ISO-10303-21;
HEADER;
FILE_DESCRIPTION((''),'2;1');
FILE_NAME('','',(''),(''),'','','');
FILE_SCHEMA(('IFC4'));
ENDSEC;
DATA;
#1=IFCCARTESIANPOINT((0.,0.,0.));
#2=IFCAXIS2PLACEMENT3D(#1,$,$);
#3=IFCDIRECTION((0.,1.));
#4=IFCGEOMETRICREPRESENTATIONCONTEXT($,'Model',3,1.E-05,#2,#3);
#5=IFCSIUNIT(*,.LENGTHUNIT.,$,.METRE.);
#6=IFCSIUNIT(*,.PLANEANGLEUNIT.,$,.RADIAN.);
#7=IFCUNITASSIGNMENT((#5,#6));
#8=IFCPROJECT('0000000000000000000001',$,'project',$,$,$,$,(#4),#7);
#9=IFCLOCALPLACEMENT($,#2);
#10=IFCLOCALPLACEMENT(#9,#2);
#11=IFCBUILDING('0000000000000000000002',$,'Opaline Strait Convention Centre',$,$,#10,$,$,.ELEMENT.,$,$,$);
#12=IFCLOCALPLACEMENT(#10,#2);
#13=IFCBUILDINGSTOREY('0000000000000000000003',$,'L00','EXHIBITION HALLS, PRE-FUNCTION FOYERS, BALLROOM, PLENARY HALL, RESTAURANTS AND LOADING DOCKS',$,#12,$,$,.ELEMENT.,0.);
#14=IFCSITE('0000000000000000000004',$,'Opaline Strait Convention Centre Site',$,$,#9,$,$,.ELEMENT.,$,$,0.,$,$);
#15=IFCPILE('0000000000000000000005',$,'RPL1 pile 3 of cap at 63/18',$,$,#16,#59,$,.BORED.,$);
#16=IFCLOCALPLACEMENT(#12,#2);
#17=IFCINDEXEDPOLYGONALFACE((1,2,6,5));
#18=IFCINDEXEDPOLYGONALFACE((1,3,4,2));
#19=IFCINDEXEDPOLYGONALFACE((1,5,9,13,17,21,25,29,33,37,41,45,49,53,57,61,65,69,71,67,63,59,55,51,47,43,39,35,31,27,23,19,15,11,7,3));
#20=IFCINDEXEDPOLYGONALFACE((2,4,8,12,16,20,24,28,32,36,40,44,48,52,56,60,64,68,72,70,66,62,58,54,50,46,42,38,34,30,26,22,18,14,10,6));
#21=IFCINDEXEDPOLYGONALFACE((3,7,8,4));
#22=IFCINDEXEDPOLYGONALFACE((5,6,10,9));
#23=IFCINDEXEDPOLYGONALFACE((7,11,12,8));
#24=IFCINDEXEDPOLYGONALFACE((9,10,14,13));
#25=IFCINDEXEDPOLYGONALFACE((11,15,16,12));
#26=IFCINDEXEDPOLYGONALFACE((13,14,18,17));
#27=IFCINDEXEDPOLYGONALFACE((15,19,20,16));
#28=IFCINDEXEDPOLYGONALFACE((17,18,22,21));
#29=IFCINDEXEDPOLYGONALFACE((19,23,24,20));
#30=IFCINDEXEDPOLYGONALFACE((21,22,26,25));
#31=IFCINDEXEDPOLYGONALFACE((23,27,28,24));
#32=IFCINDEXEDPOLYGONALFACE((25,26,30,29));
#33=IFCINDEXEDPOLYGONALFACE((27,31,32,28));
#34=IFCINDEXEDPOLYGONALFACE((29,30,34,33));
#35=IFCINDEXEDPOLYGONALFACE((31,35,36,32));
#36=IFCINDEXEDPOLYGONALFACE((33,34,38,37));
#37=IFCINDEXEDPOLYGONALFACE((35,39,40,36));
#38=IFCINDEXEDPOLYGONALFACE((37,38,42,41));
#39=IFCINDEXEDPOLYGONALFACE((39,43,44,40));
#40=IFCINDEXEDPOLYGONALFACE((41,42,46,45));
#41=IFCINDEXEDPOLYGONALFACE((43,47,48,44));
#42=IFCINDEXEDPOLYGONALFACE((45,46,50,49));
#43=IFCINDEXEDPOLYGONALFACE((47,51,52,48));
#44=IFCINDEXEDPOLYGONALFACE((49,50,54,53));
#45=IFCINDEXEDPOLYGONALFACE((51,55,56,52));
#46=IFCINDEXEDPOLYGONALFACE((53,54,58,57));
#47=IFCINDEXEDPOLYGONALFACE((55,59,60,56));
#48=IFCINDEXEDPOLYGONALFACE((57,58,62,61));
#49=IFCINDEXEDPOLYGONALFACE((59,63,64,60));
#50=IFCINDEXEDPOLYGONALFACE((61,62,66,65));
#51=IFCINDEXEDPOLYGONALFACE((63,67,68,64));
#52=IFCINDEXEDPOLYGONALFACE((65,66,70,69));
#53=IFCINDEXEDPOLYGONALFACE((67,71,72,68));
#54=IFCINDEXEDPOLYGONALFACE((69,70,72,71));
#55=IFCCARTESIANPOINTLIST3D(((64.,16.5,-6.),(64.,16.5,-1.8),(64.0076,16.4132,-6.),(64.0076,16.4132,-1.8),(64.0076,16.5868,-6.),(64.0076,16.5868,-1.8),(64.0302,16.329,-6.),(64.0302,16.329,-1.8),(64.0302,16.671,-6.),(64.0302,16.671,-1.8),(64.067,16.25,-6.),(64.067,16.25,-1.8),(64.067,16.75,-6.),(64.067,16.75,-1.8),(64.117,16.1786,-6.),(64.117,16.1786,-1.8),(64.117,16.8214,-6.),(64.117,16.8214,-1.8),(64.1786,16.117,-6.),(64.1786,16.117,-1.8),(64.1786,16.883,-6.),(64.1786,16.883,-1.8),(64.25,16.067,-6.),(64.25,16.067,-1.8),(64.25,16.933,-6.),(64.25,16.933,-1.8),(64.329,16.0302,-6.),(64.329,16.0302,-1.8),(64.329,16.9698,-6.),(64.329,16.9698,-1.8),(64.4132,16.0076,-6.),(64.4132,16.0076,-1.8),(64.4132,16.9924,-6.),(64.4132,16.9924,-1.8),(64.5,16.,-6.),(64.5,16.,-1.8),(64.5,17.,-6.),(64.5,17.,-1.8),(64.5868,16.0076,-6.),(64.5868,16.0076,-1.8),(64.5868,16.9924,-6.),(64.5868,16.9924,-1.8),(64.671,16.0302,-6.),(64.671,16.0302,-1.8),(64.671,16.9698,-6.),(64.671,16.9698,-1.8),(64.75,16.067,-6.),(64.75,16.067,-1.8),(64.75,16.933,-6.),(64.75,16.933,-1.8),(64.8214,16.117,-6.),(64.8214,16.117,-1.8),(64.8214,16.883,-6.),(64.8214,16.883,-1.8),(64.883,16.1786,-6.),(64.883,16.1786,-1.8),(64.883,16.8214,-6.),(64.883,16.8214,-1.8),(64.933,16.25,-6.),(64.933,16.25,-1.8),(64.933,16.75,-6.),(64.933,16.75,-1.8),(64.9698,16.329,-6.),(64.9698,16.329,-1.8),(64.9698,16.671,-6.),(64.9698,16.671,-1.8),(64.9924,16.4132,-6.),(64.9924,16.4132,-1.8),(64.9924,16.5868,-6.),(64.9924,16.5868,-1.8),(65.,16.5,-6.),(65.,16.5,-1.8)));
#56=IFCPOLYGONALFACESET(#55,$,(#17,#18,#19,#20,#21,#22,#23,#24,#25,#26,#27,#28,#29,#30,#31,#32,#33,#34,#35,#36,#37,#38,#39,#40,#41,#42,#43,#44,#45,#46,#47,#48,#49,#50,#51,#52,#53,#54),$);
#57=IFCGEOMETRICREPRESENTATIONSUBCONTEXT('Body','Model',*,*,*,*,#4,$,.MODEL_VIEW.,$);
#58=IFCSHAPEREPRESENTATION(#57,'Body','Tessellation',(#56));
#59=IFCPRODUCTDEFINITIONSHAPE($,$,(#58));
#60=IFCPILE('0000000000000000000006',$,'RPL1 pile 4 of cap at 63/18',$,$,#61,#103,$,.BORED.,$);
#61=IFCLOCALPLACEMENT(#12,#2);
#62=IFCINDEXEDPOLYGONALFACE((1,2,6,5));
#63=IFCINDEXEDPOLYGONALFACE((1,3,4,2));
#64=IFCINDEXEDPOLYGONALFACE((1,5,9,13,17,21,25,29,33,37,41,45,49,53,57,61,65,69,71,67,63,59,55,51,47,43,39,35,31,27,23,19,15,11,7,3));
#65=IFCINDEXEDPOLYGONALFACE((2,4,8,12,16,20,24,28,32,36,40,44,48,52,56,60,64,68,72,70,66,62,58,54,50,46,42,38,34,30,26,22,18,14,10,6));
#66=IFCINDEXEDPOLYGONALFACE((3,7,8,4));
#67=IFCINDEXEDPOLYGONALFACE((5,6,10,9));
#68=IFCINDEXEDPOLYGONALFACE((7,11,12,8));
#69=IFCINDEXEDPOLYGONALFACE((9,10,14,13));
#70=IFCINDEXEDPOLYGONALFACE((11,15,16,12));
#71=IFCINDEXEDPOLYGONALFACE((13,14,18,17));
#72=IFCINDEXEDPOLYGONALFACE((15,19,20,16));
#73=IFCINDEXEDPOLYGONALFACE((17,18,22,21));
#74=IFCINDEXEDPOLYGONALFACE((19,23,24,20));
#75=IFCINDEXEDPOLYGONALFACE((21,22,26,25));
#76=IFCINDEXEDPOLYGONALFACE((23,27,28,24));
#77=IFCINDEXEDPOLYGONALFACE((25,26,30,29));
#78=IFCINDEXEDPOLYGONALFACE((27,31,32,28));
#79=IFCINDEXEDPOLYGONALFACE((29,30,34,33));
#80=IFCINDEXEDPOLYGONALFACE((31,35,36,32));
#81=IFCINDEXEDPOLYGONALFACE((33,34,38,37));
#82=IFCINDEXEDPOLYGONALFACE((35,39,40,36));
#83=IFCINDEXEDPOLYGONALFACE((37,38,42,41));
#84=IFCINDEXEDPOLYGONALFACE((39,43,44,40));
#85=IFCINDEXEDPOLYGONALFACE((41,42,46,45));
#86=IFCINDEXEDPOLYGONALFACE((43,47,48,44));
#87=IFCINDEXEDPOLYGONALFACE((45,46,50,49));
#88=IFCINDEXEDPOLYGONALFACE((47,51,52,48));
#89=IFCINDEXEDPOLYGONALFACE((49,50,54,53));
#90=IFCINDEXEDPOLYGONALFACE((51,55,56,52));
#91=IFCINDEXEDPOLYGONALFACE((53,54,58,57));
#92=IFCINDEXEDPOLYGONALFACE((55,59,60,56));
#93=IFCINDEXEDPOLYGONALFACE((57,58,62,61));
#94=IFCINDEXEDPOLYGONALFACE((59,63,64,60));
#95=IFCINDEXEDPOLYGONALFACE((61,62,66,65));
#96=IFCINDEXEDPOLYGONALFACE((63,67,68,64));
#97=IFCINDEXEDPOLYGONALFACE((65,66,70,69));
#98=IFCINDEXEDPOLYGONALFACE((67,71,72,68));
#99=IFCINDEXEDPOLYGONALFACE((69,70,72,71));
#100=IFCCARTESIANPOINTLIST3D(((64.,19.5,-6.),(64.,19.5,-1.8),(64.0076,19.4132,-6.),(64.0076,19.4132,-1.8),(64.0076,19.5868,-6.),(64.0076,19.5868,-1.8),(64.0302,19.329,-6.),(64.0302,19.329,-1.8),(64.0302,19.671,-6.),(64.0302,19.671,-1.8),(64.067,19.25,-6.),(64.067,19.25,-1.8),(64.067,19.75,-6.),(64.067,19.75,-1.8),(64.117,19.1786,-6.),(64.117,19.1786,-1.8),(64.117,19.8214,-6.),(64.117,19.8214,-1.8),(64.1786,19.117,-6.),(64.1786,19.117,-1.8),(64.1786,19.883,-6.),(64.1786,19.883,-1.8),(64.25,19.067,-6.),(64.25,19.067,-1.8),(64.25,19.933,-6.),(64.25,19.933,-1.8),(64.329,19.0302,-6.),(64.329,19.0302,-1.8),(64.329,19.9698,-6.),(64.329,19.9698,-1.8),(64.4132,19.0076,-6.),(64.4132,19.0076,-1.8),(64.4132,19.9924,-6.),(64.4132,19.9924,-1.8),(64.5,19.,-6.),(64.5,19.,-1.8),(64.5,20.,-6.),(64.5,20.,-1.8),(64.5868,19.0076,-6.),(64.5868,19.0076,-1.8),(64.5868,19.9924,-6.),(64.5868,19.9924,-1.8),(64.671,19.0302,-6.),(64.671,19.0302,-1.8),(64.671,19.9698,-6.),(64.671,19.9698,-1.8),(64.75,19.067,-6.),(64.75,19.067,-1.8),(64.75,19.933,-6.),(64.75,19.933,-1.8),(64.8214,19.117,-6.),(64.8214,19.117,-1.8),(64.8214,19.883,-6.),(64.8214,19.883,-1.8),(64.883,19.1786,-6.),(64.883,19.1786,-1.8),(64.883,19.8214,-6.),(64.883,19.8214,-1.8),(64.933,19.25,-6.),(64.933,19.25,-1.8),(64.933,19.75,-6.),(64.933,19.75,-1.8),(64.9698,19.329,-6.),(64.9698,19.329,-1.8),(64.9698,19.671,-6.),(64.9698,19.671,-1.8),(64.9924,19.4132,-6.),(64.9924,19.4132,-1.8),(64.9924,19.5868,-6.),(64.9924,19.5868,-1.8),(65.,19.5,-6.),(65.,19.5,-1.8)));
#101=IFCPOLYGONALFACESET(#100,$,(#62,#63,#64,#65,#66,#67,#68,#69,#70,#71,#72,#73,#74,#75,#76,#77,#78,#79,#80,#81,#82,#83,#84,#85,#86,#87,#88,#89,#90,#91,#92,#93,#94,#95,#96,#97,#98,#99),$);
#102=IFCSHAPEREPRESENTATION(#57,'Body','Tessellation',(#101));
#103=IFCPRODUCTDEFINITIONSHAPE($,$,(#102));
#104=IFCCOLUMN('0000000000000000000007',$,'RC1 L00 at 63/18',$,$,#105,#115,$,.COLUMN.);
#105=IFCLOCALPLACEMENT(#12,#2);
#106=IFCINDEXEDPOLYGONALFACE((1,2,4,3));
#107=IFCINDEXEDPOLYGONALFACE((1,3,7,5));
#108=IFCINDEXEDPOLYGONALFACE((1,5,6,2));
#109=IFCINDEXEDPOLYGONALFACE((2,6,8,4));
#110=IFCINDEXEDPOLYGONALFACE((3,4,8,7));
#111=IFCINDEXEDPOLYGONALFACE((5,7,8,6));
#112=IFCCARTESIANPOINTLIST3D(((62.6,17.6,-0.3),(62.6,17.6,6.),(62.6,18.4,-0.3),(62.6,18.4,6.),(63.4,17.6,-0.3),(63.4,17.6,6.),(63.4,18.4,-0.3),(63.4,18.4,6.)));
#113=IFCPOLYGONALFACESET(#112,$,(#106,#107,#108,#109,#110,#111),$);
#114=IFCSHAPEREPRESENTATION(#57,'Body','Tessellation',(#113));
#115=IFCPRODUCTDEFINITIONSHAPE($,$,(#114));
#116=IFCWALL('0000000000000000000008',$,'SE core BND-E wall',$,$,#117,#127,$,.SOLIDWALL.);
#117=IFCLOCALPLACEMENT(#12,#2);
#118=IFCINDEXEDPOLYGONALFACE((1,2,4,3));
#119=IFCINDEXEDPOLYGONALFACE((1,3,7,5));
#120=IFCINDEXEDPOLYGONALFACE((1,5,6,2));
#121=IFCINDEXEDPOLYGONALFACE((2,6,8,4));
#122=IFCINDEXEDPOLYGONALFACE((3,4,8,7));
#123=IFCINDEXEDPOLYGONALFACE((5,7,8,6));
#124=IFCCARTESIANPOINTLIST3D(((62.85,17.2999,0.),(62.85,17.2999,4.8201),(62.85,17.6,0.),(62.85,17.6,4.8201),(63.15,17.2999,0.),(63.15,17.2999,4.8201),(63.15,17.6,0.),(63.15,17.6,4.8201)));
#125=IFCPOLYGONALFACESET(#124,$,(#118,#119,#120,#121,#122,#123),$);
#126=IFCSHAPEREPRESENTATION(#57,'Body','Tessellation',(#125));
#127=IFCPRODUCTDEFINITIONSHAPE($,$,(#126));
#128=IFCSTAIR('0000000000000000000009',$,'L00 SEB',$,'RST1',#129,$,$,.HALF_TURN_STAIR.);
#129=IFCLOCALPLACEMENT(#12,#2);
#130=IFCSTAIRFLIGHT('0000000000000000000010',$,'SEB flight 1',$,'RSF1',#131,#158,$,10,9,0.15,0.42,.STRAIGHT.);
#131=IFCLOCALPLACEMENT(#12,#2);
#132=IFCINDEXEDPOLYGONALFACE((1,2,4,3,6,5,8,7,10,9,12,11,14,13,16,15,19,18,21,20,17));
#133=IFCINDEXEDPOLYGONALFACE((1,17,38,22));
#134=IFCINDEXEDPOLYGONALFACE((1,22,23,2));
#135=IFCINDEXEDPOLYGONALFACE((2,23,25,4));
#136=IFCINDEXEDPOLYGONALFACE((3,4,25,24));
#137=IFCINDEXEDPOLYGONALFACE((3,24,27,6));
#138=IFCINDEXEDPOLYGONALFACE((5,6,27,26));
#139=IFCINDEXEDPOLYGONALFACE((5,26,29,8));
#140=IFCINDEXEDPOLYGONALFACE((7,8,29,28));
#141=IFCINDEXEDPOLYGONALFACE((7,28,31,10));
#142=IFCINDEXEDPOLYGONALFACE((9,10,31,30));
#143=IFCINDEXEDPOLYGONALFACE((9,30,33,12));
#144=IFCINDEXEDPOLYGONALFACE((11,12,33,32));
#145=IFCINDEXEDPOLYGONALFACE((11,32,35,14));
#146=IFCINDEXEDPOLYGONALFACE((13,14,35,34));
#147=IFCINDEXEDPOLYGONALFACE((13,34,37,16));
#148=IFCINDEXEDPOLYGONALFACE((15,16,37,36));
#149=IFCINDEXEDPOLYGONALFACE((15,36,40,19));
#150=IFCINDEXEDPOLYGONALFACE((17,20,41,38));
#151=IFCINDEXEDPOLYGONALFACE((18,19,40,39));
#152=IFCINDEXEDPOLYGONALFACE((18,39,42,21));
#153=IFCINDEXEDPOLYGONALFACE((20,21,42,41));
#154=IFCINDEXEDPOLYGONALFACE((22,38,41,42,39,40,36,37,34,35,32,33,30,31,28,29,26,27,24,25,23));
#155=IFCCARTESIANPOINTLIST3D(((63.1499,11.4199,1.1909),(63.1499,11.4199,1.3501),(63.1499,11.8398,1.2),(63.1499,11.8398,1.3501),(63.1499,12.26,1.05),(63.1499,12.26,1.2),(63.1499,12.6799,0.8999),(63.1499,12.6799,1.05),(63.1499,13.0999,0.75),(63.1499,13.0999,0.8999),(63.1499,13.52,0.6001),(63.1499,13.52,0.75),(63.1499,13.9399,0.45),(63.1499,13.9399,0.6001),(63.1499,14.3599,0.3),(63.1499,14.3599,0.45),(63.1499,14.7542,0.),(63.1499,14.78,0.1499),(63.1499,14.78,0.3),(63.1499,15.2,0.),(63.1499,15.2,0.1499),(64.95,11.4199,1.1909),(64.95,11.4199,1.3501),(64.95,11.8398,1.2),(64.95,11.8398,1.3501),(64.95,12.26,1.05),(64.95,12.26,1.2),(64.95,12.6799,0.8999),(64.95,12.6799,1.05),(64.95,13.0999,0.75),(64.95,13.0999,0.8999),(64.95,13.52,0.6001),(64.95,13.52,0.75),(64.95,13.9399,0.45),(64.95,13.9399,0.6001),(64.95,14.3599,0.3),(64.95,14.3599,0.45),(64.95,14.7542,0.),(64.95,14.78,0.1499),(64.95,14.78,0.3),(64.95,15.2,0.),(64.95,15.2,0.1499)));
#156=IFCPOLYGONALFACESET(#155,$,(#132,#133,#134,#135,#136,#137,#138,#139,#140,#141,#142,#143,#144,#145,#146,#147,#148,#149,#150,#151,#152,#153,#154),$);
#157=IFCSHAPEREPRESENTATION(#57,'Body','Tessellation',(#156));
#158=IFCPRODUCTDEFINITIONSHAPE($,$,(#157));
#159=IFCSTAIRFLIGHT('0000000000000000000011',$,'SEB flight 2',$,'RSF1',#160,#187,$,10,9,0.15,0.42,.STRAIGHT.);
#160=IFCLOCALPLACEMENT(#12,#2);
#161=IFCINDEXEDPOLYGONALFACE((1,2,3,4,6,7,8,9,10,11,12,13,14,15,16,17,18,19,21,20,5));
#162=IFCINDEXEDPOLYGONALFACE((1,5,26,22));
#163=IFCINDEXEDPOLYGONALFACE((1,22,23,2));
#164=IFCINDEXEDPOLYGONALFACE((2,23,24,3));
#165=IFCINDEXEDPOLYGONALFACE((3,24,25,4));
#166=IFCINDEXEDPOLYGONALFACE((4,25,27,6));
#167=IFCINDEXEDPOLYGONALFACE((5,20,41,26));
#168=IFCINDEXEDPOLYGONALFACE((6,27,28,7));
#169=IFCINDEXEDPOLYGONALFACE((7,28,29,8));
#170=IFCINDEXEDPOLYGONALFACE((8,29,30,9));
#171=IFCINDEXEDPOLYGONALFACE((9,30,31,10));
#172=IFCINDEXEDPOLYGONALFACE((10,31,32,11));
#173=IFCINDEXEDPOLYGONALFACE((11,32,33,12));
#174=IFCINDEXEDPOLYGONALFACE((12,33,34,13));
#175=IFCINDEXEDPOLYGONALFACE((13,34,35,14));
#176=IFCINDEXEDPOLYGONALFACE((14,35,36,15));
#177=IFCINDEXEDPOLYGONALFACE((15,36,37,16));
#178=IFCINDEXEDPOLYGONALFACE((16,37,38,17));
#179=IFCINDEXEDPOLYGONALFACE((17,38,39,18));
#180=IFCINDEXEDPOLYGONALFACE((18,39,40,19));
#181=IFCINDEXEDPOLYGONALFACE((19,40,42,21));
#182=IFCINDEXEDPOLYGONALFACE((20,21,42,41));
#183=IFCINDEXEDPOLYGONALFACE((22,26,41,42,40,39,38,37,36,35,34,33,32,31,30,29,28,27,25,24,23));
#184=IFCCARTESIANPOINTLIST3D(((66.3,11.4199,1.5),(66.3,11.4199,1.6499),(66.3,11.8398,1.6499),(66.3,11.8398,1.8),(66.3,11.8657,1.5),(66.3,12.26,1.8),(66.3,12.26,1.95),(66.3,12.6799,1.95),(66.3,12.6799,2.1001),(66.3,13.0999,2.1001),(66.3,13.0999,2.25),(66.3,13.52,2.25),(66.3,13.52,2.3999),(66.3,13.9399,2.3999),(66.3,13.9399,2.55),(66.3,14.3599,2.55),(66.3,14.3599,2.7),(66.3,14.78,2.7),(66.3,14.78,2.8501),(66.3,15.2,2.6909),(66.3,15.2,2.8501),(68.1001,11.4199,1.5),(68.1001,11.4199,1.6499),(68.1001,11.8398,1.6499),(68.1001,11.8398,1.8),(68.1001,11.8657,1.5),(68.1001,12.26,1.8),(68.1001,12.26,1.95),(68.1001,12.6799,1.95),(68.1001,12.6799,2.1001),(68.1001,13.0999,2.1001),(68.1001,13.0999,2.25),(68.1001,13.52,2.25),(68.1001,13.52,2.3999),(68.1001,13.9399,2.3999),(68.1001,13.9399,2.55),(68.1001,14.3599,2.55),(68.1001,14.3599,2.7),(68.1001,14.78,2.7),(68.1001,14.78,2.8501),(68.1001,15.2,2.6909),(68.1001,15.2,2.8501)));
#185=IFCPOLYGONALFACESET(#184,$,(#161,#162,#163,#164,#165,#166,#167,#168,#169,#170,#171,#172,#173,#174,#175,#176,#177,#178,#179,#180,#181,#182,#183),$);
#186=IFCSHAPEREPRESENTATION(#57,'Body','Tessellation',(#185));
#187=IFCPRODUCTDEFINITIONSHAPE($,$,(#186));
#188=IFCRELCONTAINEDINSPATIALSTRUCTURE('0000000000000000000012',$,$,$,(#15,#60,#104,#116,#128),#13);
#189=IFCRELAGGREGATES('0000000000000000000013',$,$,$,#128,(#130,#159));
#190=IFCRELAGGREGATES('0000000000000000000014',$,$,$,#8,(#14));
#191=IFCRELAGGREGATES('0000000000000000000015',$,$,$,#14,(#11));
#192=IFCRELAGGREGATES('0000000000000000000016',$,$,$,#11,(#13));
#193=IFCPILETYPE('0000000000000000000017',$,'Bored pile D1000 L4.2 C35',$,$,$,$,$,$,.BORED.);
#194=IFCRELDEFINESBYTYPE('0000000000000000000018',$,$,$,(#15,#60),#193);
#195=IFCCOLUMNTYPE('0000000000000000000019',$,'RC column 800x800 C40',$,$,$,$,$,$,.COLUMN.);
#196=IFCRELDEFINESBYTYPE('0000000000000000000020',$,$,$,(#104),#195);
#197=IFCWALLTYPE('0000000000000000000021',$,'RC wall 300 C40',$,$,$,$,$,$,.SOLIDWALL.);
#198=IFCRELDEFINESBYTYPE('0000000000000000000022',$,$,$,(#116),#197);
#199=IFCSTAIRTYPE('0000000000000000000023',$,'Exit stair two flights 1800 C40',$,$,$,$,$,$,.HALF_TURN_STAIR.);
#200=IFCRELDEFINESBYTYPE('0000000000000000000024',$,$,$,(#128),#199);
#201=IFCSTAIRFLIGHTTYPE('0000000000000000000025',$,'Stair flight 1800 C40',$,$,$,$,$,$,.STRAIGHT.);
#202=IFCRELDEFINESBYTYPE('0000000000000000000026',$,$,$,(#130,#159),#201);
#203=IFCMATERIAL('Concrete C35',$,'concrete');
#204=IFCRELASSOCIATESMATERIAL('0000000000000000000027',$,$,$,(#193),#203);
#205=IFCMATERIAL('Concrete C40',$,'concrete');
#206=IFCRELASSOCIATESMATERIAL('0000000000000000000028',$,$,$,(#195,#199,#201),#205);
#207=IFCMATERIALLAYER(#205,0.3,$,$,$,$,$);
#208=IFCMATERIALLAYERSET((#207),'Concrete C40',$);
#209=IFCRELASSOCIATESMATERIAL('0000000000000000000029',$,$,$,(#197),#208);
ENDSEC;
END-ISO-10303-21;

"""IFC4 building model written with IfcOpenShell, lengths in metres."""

from ifc_helpers import new_model, si_unit, direction, frame, frame_2d, origin, origin_2d, place, context, subcontext, project, spatial, polyline, rectangle, circle, outline, extrude, material, layer, layer_set, material_profile, profile_set, type_object, element, aggregate, save


model = new_model("IFC4")

# Units and contexts
model_context = context("Model", 3, precision=1e-05, world=origin(), true_north=direction((0.0, 1.0)))
body_context = subcontext(model_context, "Body", "Model", "MODEL_VIEW")
ifc_project = project(units=[si_unit("LENGTHUNIT", "METRE"), si_unit("PLANEANGLEUNIT", "RADIAN")], contexts=[model_context])

# Site, building, storey
site_placement = place(None, origin())
site = spatial("IfcSite", under=ifc_project, at=site_placement, Name="Opaline Strait Convention Centre Site", CompositionType="ELEMENT", RefElevation=0.0)
building_placement = place(site_placement, origin())
building = spatial("IfcBuilding", under=site, at=building_placement, Name="Opaline Strait Convention Centre", CompositionType="ELEMENT")
storey_placement = place(building_placement, origin())
storey = spatial("IfcBuildingStorey", under=building, at=storey_placement, Name="L00", Description="EXHIBITION HALLS, PRE-FUNCTION FOYERS, BALLROOM, PLENARY HALL, RESTAURANTS AND LOADING DOCKS", CompositionType="ELEMENT", Elevation=0.0)

# Piles
ifc_material_1 = material(Name="Concrete C35", Category="concrete")
ifc_material_profile_1 = material_profile(ifc_material_1, circle(Radius=0.5, at=origin_2d()), Name="D1000")
ifc_profile_set_1 = profile_set([ifc_material_profile_1], Name="Concrete C35")
pile_type = type_object("IfcPileType", Name="Bored pile D1000 L4.2 C35", PredefinedType="BORED", material=ifc_profile_set_1)
for number, where, z_axis, x_axis, name in (
    (1, (64.5, 16.5, -1.8), (0.0, 0.0, -1.0), (1.0, 0.0, 0.0), "RPL1 pile 3 of cap at 63/18"),
    (2, (64.5, 19.5, -1.8), (0.0, 0.0, -1.0), (1.0, 0.0, 0.0), "RPL1 pile 4 of cap at 63/18"),
):
    element("IfcPile", number, at=place(storey_placement, frame(where, z_axis=z_axis, x_axis=x_axis)), inside=storey, type_object=pile_type, Name=name, PredefinedType="BORED", context=body_context, shape_type="SweptSolid", body=[
        extrude(circle(Radius=0.5, at=origin_2d()), origin(), (0.0, 0.0, 1.0), 4.2),
    ])

# Column
ifc_material_2 = material(Name="Concrete C40", Category="concrete")
ifc_material_profile_2 = material_profile(ifc_material_2, rectangle(XDim=0.8, YDim=0.8, at=origin_2d()), Name="RC 800x800")
ifc_profile_set_2 = profile_set([ifc_material_profile_2], Name="Concrete C40")
column_type = type_object("IfcColumnType", Name="RC column 800x800 C40", PredefinedType="COLUMN", material=ifc_profile_set_2)
column_placement = place(storey_placement, frame((63.0, 18.0, -0.3), z_axis=(0.0, 0.0, 1.0), x_axis=(1.0, 0.0, 0.0)))
element("IfcColumn", 3, at=column_placement, inside=storey, type_object=column_type, Name="RC1 L00 at 63/18", PredefinedType="COLUMN", context=body_context, shape_type="SweptSolid", body=[
    extrude(rectangle(XDim=0.8, YDim=0.8, at=origin_2d()), origin(), (0.0, 0.0, 1.0), 6.3),
])

# Wall
ifc_layer = layer(ifc_material_2, 0.3)
ifc_layer_set = layer_set([ifc_layer], Name="Concrete C40")
wall_type = type_object("IfcWallType", Name="RC wall 300 C40", PredefinedType="SOLIDWALL", material=ifc_layer_set)
wall_1_placement = place(storey_placement, frame((63.0, 17.3, 0.0), z_axis=(0.0, 0.0, 1.0), x_axis=(0.0, 1.0, 0.0)))
element("IfcWall", 4, at=wall_1_placement, inside=storey, type_object=wall_type, Name="SE core BND-E wall", PredefinedType="SOLIDWALL", context=body_context, shape_type="SweptSolid", body=[
    extrude(rectangle(XDim=0.3, YDim=0.3, at=frame_2d((0.1499, 0.0))), origin(), (0.0, 0.0, 1.0), 4.8201),
])

# Stair, stair flights
stair_type = type_object("IfcStairType", Name="Exit stair two flights 1800 C40", PredefinedType="HALF_TURN_STAIR", material=ifc_material_2)
stair_placement = place(storey_placement, origin())
stair = element("IfcStair", 5, at=stair_placement, inside=storey, type_object=stair_type, Name="L00 SEB", ObjectType="RST1", PredefinedType="HALF_TURN_STAIR")
stair_flight_type = type_object("IfcStairFlightType", Name="Stair flight 1800 C40", PredefinedType="STRAIGHT", material=ifc_material_2)
stair_flight_1_placement = place(storey_placement, frame((64.05, 15.2, 0.0), z_axis=(0.0, 0.0, 1.0), x_axis=(0.0, -1.0, 0.0)))
stair_flight_1 = element("IfcStairFlight", 6, at=stair_flight_1_placement, type_object=stair_flight_type, Name="SEB flight 1", ObjectType="RSF1", NumberOfRisers=10, NumberOfTreads=9, PredefinedType="STRAIGHT", RiserHeight=0.15, TreadLength=0.42, context=body_context, shape_type="SweptSolid", body=[
    extrude(outline(polyline([(0.0, 0.0), (0.0, 0.1499), (0.4199, 0.1499), (0.4199, 0.3), (0.8401, 0.3), (0.8401, 0.45), (1.26, 0.45), (1.26, 0.6001), (1.6799, 0.6001), (1.6799, 0.75), (2.1001, 0.75), (2.1001, 0.8999), (2.52, 0.8999), (2.52, 1.05), (2.9399, 1.05), (2.9399, 1.2), (3.3601, 1.2), (3.3601, 1.3501), (3.78, 1.3501), (3.78, 1.5), (3.78, 1.1909), (0.4458, 0.0), (0.0, 0.0)])), frame((0.0, 0.8999, 0.0), z_axis=(0.0, -1.0, 0.0), x_axis=(1.0, 0.0, 0.0)), (0.0, 0.0, 1.0), 1.8),
])
stair_flight_2_placement = place(storey_placement, frame((67.2, 11.4199, 1.5), z_axis=(0.0, 0.0, 1.0), x_axis=(0.0, 1.0, 0.0)))
stair_flight_2 = element("IfcStairFlight", 7, at=stair_flight_2_placement, type_object=stair_flight_type, Name="SEB flight 2", ObjectType="RSF1", NumberOfRisers=10, NumberOfTreads=9, PredefinedType="STRAIGHT", RiserHeight=0.15, TreadLength=0.42, context=body_context, shape_type="SweptSolid", body=[
    extrude(outline(polyline([(0.0, 0.0), (0.0, 0.1499), (0.4199, 0.1499), (0.4199, 0.3), (0.8401, 0.3), (0.8401, 0.45), (1.26, 0.45), (1.26, 0.6001), (1.6799, 0.6001), (1.6799, 0.75), (2.1001, 0.75), (2.1001, 0.8999), (2.52, 0.8999), (2.52, 1.05), (2.9399, 1.05), (2.9399, 1.2), (3.3601, 1.2), (3.3601, 1.3501), (3.78, 1.3501), (3.78, 1.5), (3.78, 1.1909), (0.4458, 0.0), (0.0, 0.0)])), frame((0.0, 0.8999, 0.0), z_axis=(0.0, -1.0, 0.0), x_axis=(1.0, 0.0, 0.0)), (0.0, 0.0, 1.0), 1.8),
])
aggregate(stair, [stair_flight_1, stair_flight_2])

save(model, "model.ifc")
